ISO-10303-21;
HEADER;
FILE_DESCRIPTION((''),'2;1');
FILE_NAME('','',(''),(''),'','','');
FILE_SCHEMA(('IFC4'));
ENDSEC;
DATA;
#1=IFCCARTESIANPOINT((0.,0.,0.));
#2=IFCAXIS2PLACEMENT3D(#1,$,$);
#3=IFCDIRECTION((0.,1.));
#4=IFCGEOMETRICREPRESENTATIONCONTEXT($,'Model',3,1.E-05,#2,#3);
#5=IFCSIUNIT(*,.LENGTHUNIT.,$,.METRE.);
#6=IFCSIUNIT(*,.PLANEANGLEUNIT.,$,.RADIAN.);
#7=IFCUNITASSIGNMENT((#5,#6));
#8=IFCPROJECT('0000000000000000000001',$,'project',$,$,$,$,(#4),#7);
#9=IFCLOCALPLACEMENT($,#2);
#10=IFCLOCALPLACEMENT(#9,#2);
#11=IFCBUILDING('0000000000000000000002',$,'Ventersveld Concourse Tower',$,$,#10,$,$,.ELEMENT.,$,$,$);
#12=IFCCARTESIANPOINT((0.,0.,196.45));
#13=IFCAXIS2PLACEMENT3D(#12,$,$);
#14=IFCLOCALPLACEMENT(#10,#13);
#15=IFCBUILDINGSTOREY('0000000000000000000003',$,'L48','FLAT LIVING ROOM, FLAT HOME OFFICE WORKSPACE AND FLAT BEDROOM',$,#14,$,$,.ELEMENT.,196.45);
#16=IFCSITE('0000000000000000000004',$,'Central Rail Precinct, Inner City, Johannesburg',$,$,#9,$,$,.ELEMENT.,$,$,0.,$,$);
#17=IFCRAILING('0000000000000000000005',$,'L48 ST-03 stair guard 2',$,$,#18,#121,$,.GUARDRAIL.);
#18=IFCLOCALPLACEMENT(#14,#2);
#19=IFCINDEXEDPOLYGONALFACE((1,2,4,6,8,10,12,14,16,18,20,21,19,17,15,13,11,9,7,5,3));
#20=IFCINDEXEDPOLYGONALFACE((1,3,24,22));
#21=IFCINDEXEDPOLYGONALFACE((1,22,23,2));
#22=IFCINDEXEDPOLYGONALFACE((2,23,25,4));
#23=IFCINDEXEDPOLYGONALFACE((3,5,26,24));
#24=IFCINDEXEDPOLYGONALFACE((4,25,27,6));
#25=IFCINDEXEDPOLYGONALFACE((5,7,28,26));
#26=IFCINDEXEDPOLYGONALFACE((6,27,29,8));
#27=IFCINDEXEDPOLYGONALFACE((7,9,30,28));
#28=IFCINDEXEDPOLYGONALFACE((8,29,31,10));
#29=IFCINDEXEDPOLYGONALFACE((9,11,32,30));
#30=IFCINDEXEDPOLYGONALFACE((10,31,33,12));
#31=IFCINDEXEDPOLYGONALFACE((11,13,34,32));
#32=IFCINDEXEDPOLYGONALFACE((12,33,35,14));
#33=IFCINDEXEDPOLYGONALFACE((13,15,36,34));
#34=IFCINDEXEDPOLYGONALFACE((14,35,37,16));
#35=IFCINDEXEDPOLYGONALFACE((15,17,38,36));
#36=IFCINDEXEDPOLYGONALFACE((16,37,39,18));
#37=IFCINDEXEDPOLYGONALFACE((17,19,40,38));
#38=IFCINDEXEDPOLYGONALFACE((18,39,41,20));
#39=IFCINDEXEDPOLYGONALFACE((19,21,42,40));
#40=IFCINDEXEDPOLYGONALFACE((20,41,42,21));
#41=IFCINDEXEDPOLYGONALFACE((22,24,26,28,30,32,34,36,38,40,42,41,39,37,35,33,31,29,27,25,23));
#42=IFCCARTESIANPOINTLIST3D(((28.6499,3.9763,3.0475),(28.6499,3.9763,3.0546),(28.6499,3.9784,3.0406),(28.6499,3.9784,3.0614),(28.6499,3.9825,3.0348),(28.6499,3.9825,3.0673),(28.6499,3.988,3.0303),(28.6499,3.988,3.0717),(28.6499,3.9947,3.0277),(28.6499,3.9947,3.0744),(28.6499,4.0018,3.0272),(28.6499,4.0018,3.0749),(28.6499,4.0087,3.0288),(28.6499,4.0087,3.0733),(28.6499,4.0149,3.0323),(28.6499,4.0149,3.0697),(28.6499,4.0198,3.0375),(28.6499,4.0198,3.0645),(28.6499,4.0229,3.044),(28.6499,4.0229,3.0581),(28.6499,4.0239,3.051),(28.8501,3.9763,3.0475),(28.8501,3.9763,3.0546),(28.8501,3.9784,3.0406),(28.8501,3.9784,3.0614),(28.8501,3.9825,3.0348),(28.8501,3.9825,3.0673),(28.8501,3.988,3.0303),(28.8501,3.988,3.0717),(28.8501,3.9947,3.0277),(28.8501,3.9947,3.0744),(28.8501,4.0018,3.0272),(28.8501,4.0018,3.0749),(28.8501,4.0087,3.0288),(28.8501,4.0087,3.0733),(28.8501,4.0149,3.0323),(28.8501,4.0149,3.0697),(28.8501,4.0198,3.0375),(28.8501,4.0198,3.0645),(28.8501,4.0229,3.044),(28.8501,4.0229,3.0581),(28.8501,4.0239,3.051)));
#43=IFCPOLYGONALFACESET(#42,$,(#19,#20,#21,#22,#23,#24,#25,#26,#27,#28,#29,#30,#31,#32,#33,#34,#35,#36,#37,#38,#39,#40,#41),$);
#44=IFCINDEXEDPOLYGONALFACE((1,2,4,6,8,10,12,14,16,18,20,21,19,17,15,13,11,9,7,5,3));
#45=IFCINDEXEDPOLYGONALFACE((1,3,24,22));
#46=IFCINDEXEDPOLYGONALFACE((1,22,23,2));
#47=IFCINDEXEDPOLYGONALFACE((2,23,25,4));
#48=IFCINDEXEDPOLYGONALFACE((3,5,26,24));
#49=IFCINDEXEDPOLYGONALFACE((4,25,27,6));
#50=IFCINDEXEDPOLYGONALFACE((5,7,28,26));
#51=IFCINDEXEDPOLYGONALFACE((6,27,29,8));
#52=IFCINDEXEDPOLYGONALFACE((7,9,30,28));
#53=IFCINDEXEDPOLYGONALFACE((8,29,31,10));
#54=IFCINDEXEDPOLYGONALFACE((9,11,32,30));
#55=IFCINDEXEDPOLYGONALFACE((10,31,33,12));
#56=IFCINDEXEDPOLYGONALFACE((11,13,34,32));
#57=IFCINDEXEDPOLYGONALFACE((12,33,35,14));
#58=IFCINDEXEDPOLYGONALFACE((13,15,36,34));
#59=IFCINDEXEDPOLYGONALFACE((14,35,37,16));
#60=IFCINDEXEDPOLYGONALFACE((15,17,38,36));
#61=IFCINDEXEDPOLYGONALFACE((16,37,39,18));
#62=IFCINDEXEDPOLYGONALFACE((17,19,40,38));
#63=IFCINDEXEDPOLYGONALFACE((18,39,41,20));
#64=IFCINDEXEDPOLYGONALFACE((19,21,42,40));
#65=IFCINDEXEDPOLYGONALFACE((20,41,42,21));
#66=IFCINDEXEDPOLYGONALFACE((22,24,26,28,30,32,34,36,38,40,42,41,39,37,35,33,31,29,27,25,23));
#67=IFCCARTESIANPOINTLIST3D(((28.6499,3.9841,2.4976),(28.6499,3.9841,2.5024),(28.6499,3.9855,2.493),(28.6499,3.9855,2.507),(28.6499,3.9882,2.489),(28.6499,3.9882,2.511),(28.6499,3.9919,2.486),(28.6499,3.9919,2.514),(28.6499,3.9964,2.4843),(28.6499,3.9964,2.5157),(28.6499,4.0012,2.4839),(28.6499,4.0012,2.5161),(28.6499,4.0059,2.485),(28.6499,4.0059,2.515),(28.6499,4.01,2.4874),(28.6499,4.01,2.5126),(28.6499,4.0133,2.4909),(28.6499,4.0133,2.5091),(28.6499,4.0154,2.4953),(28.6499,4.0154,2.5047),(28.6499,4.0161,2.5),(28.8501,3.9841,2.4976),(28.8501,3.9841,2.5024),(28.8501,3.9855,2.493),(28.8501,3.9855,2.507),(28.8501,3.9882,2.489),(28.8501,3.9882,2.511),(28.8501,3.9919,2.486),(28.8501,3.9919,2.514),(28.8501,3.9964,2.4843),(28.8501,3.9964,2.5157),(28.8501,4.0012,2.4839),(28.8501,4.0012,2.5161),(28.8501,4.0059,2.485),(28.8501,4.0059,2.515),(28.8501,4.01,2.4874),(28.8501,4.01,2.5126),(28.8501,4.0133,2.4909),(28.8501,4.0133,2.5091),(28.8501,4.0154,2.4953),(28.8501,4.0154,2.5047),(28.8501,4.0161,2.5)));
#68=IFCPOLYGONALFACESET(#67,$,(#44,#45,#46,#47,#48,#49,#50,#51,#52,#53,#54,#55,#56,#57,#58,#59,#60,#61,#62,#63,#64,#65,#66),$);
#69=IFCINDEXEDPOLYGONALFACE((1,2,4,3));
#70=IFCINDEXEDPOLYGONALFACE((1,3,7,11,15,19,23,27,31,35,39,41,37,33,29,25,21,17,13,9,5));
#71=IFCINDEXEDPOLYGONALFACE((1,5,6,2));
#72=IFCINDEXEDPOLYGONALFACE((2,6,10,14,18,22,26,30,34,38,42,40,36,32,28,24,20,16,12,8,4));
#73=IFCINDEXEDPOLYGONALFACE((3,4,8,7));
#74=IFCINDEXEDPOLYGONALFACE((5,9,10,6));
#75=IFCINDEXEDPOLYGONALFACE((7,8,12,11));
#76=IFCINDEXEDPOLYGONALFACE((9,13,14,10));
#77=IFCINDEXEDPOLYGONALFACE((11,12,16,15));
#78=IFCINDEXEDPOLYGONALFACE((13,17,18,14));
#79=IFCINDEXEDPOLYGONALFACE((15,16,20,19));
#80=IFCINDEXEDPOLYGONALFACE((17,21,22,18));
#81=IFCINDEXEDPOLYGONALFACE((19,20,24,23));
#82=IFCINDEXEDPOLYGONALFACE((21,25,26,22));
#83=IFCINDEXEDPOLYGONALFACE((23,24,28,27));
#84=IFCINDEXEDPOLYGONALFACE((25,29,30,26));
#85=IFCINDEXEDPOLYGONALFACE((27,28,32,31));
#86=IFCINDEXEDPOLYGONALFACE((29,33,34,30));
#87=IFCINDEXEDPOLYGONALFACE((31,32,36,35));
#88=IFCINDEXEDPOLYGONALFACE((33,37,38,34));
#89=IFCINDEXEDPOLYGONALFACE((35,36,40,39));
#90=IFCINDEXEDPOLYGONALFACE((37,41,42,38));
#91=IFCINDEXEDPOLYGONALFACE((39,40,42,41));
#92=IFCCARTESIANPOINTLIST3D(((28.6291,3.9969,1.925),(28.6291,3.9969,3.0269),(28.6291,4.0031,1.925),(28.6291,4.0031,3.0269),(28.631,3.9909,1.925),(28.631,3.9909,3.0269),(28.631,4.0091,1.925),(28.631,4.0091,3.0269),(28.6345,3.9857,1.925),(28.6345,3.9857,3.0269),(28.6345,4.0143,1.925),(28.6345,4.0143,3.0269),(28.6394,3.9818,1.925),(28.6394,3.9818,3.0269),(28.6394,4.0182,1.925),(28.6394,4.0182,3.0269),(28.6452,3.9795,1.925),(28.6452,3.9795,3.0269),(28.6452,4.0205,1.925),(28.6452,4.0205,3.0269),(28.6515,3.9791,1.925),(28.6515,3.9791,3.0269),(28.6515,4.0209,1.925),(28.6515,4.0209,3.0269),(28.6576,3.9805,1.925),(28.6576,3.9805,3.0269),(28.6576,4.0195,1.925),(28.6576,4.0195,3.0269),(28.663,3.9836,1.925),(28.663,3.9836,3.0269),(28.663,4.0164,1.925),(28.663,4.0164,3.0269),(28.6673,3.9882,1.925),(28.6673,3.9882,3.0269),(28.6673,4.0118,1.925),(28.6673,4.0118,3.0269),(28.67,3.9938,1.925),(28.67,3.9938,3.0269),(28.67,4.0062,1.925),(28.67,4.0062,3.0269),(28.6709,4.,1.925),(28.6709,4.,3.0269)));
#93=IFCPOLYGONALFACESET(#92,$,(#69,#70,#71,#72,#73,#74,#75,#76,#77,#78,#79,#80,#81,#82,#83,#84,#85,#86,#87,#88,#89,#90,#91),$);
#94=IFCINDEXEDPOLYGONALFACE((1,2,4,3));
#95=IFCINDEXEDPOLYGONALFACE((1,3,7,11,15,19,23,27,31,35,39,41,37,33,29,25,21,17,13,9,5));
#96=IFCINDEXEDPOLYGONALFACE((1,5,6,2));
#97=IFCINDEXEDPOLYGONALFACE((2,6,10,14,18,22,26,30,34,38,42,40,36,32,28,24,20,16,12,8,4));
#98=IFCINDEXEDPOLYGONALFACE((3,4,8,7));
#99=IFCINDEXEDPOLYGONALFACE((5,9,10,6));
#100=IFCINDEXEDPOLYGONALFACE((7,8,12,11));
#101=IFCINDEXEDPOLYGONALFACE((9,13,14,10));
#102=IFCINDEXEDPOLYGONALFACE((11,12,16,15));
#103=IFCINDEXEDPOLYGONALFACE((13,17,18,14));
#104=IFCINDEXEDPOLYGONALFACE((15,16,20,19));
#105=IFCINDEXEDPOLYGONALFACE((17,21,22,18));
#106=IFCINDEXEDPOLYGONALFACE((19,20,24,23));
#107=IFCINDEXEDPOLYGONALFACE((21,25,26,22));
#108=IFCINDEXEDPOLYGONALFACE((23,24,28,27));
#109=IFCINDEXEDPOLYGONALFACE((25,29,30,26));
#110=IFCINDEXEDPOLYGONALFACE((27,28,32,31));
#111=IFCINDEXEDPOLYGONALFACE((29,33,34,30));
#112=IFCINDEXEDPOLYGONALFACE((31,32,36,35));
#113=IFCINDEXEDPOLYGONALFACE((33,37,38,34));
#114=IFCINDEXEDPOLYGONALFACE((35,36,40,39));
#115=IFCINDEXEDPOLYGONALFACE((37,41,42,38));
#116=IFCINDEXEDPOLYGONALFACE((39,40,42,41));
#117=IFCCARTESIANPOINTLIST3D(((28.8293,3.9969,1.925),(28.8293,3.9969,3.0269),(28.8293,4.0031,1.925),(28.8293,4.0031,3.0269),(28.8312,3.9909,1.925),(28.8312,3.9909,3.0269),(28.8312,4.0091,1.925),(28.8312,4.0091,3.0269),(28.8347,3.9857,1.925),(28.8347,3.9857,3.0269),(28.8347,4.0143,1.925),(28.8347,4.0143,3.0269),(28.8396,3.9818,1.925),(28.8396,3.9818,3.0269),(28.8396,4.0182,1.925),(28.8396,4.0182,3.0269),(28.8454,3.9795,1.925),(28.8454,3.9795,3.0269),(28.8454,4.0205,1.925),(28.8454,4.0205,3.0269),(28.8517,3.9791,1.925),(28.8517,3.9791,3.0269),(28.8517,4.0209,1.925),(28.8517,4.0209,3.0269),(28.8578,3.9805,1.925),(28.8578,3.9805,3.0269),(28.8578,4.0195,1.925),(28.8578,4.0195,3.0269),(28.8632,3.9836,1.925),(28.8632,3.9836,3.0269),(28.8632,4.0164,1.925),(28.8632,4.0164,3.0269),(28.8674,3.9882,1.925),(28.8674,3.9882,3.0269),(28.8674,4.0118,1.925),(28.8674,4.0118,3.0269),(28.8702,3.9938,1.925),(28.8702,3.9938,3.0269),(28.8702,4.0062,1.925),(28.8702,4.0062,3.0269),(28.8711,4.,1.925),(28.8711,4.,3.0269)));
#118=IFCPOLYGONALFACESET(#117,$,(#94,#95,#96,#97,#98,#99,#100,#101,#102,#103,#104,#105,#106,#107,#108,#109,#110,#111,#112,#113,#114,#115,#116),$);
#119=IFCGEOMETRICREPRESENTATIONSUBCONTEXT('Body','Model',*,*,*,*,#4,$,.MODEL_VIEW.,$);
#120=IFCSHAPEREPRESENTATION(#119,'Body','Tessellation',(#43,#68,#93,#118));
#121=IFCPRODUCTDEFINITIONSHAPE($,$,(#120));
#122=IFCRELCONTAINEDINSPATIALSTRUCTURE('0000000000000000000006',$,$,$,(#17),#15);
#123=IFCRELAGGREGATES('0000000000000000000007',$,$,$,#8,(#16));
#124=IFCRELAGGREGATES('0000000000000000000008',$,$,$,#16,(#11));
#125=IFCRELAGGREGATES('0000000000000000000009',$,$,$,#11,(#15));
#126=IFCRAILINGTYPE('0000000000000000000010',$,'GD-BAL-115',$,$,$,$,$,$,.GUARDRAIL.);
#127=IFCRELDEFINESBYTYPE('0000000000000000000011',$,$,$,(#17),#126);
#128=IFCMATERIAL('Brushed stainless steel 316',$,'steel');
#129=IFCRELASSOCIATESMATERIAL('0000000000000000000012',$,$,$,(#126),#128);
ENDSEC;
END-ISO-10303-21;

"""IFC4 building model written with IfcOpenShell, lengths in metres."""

from ifc_helpers import new_model, si_unit, direction, frame, origin, origin_2d, place, context, subcontext, project, spatial, circle, extrude, material, type_object, element, save


model = new_model("IFC4")

# Units and contexts
model_context = context("Model", 3, precision=1e-05, world=origin(), true_north=direction((0.0, 1.0)))
body_context = subcontext(model_context, "Body", "Model", "MODEL_VIEW")
ifc_project = project(units=[si_unit("LENGTHUNIT", "METRE"), si_unit("PLANEANGLEUNIT", "RADIAN")], contexts=[model_context])

# Site, building, storey
site_placement = place(None, origin())
site = spatial("IfcSite", under=ifc_project, at=site_placement, Name="Central Rail Precinct, Inner City, Johannesburg", CompositionType="ELEMENT", RefElevation=0.0)
building_placement = place(site_placement, origin())
building = spatial("IfcBuilding", under=site, at=building_placement, Name="Ventersveld Concourse Tower", CompositionType="ELEMENT")
storey_placement = place(building_placement, frame((0.0, 0.0, 196.45)))
storey = spatial("IfcBuildingStorey", under=building, at=storey_placement, Name="L48", Description="FLAT LIVING ROOM, FLAT HOME OFFICE WORKSPACE AND FLAT BEDROOM", CompositionType="ELEMENT", Elevation=196.45)

# Shared definitions
ifc_material_1 = material(Name="Brushed stainless steel 316", Category="steel")

# Railing
railing_type_1 = type_object("IfcRailingType", Name="GD-BAL-115", PredefinedType="GUARDRAIL", material=ifc_material_1)
railing_1_placement = place(storey_placement, frame((28.6499, 4.0, 1.925)))
element("IfcRailing", 1, at=railing_1_placement, inside=storey, type_object=railing_type_1, Name="L48 ST-03 stair guard 2", PredefinedType="GUARDRAIL", context=body_context, shape_type="SweptSolid", body=[
    extrude(circle(Radius=0.0239, at=origin_2d()), frame((0.0, 0.0, 1.126), z_axis=(1.0, 0.0, 0.0), x_axis=(0.0, 1.0, 0.0)), (0.0, 0.0, 1.0), 0.2002),
    extrude(circle(Radius=0.0161, at=origin_2d()), frame((0.0, 0.0, 0.575), z_axis=(1.0, 0.0, 0.0), x_axis=(0.0, 1.0, 0.0)), (0.0, 0.0, 1.0), 0.2002),
    extrude(circle(Radius=0.021, at=origin_2d()), origin(), (0.0, 0.0, 1.0), 1.1018),
    extrude(circle(Radius=0.021, at=origin_2d()), frame((0.2002, 0.0, 0.0)), (0.0, 0.0, 1.0), 1.1018),
])

save(model, "model.ifc")
